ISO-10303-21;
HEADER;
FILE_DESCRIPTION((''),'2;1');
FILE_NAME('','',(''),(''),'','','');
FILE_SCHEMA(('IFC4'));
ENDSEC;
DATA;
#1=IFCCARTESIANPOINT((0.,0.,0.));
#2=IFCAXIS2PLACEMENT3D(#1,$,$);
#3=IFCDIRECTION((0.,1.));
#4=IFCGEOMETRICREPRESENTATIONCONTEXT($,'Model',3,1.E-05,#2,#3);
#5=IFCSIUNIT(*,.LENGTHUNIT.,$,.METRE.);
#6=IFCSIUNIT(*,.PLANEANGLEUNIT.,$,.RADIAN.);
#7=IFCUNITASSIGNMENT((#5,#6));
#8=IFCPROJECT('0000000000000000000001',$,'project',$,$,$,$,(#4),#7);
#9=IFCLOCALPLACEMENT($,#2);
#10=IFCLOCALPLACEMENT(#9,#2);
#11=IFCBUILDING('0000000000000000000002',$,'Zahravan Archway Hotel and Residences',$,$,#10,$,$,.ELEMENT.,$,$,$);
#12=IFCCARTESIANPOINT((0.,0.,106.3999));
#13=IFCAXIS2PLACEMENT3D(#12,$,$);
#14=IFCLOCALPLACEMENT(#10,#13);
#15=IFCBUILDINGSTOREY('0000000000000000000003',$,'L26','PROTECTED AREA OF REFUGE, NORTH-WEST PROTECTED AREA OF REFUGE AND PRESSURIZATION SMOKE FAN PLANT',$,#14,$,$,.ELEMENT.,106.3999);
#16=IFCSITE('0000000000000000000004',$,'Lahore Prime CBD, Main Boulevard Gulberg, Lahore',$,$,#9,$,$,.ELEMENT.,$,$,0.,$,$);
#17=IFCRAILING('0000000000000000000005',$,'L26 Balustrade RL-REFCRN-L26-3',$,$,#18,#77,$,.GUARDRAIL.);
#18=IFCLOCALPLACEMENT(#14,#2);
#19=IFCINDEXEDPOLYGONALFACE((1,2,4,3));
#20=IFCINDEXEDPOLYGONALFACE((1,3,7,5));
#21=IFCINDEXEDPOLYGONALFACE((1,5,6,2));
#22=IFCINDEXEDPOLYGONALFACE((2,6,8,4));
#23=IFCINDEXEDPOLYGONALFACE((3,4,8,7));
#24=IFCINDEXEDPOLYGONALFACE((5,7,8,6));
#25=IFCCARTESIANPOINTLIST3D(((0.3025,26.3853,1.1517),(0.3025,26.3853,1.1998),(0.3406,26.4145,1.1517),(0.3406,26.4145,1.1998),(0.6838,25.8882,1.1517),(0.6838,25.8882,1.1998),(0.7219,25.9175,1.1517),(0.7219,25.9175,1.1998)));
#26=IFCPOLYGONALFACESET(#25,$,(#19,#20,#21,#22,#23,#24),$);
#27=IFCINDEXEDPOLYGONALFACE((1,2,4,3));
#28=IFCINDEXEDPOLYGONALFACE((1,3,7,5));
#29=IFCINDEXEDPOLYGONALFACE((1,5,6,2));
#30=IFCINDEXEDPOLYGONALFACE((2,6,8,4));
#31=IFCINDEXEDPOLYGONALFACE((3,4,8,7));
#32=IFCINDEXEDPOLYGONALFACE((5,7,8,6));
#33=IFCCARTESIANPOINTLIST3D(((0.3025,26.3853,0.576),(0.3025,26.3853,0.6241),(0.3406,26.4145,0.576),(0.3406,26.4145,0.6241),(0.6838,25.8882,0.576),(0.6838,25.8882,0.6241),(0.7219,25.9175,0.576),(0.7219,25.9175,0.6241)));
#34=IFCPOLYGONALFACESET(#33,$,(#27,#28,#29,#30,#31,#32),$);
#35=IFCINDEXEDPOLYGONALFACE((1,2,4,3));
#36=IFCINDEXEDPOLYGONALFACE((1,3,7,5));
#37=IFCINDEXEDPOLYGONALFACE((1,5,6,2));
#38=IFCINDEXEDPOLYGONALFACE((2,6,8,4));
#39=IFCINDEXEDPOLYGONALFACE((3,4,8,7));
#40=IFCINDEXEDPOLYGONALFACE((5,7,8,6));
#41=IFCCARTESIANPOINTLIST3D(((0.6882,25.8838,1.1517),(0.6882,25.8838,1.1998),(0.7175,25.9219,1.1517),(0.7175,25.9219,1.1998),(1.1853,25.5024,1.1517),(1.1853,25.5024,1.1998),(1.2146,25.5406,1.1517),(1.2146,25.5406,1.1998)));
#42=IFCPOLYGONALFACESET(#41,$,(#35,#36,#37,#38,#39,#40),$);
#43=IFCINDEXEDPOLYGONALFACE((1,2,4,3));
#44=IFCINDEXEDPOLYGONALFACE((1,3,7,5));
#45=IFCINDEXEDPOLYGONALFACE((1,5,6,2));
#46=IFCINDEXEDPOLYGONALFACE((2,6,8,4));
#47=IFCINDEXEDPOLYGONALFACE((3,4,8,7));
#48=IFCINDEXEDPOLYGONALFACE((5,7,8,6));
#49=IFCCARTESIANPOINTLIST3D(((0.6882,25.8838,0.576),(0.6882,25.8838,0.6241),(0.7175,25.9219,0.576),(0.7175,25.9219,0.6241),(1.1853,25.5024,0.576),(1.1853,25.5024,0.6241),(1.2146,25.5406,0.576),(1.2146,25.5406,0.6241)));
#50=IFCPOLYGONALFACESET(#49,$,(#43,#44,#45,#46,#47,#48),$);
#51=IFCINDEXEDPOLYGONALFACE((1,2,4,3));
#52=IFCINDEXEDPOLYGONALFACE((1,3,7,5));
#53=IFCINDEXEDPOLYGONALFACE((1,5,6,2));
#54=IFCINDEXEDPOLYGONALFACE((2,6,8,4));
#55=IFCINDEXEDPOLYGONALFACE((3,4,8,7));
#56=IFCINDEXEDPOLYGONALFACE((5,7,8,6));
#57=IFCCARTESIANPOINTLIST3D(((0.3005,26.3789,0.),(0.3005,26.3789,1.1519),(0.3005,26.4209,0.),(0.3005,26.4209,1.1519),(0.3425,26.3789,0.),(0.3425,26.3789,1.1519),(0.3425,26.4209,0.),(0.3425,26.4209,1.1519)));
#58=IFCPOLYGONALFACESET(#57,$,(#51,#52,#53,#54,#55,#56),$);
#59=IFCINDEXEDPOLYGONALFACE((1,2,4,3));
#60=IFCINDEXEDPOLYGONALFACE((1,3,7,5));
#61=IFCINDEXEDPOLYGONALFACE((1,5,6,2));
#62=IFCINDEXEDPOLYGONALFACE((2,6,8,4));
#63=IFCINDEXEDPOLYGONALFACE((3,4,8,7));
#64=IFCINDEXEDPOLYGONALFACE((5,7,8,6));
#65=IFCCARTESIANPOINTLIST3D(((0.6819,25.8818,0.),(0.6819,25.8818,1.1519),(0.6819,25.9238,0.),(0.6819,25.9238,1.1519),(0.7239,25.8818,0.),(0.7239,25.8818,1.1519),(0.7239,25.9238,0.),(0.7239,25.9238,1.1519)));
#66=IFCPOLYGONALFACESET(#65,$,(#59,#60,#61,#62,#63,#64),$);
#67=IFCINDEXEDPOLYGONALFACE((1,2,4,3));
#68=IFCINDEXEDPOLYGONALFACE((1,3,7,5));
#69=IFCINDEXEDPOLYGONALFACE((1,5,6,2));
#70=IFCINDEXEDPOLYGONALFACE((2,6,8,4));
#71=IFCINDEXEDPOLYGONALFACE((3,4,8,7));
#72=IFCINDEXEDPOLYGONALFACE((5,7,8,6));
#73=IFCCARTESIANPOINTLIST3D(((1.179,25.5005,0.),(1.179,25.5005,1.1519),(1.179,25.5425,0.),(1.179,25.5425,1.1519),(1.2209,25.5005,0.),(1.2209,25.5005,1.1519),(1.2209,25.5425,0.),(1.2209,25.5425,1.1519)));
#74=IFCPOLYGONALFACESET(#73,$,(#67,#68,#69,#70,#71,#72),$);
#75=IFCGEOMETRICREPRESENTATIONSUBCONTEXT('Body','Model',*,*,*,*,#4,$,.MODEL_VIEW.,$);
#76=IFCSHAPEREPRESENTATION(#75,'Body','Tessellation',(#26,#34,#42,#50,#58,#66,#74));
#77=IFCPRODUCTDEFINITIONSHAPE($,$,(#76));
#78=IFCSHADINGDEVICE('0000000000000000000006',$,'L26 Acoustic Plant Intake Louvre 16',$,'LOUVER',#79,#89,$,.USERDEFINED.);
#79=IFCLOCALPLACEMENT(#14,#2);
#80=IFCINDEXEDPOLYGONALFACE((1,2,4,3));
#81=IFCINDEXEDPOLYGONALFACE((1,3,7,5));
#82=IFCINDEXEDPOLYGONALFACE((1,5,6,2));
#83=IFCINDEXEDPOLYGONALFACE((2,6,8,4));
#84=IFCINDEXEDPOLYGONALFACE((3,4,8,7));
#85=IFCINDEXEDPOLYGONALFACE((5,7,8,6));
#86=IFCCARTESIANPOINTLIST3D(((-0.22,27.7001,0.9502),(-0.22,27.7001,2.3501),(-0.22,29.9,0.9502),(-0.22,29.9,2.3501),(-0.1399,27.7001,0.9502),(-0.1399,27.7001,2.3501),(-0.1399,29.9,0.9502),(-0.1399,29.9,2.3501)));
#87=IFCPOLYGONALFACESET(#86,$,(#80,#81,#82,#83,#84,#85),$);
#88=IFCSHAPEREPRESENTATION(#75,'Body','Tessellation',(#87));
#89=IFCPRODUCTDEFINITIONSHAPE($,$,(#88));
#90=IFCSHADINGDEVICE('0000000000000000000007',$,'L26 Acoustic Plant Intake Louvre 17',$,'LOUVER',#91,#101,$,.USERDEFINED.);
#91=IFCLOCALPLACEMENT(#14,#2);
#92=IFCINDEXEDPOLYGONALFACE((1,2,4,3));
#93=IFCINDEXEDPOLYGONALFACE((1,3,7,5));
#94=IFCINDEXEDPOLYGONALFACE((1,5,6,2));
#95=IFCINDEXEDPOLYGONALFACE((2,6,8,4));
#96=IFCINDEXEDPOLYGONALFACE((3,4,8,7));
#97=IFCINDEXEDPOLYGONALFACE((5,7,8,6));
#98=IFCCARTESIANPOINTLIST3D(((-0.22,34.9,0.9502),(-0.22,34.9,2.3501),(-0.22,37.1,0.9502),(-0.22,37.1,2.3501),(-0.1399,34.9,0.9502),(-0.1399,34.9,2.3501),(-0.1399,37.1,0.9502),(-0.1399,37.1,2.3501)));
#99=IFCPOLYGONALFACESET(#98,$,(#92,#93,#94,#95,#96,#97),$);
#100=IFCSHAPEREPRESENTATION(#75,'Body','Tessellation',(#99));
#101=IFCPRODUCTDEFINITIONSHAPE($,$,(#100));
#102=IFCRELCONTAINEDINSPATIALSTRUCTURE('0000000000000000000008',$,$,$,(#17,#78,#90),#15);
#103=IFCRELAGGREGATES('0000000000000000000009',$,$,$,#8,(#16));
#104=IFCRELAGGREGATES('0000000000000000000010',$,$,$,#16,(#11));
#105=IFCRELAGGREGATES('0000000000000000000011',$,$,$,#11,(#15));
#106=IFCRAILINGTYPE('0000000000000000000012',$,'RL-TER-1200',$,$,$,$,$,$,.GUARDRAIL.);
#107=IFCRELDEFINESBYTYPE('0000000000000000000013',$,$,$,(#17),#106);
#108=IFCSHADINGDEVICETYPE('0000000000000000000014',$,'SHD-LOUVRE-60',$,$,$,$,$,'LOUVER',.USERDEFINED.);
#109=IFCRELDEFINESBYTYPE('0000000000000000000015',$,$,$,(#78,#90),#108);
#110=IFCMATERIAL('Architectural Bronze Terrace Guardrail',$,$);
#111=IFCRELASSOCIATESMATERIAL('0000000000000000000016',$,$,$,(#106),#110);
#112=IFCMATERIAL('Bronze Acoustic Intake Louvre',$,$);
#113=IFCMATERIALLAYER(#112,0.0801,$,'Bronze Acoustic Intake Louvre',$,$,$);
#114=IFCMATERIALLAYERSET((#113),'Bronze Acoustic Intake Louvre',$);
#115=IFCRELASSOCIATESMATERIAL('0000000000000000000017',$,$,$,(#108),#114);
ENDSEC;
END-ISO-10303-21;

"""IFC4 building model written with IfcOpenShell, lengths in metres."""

from ifc_helpers import new_model, si_unit, direction, frame, origin, origin_2d, place, context, subcontext, project, spatial, rectangle, extrude, source, transform, mapped, material, layer, layer_set, type_object, type_shapes, element, save


model = new_model("IFC4")

# Units and contexts
model_context = context("Model", 3, precision=1e-05, world=origin(), true_north=direction((0.0, 1.0)))
body_context = subcontext(model_context, "Body", "Model", "MODEL_VIEW")
ifc_project = project(units=[si_unit("LENGTHUNIT", "METRE"), si_unit("PLANEANGLEUNIT", "RADIAN")], contexts=[model_context])

# Site, building, storey
site_placement = place(None, origin())
site = spatial("IfcSite", under=ifc_project, at=site_placement, Name="Lahore Prime CBD, Main Boulevard Gulberg, Lahore", CompositionType="ELEMENT", RefElevation=0.0)
building_placement = place(site_placement, origin())
building = spatial("IfcBuilding", under=site, at=building_placement, Name="Zahravan Archway Hotel and Residences", CompositionType="ELEMENT")
storey_placement = place(building_placement, frame((0.0, 0.0, 106.3999)))
storey = spatial("IfcBuildingStorey", under=building, at=storey_placement, Name="L26", Description="PROTECTED AREA OF REFUGE, NORTH-WEST PROTECTED AREA OF REFUGE AND PRESSURIZATION SMOKE FAN PLANT", CompositionType="ELEMENT", Elevation=106.3999)

# Railing
ifc_material_1 = material(Name="Architectural Bronze Terrace Guardrail")
railing_type_1 = type_object("IfcRailingType", Name="RL-TER-1200", PredefinedType="GUARDRAIL", material=ifc_material_1)
railing_1_placement = place(storey_placement, frame((0.3215, 26.3999, 0.0)))
element("IfcRailing", 1, at=railing_1_placement, inside=storey, type_object=railing_type_1, Name="L26 Balustrade RL-REFCRN-L26-3", PredefinedType="GUARDRAIL", context=body_context, shape_type="SweptSolid", body=[
    extrude(rectangle(XDim=0.0481, YDim=0.0481, at=origin_2d()), frame((0.0, 0.0, 1.1758), z_axis=(0.608693, -0.793406, 0.0), x_axis=(0.793406, 0.608693, 0.0)), (0.0, 0.0, 1.0), 0.6265),
    extrude(rectangle(XDim=0.0481, YDim=0.0481, at=origin_2d()), frame((0.0, 0.0, 0.6001), z_axis=(0.608693, -0.793406, 0.0), x_axis=(0.793406, 0.608693, 0.0)), (0.0, 0.0, 1.0), 0.6265),
    extrude(rectangle(XDim=0.0481, YDim=0.0481, at=origin_2d()), frame((0.3813, -0.4971, 1.1758), z_axis=(0.793406, -0.608693, 0.0), x_axis=(0.608693, 0.793406, 0.0)), (0.0, 0.0, 1.0), 0.6265),
    extrude(rectangle(XDim=0.0481, YDim=0.0481, at=origin_2d()), frame((0.3813, -0.4971, 0.6001), z_axis=(0.793406, -0.608693, 0.0), x_axis=(0.608693, 0.793406, 0.0)), (0.0, 0.0, 1.0), 0.6265),
    extrude(rectangle(XDim=0.042, YDim=0.042, at=origin_2d()), origin(), (0.0, 0.0, 1.0), 1.1519),
    extrude(rectangle(XDim=0.042, YDim=0.042, at=origin_2d()), frame((0.3813, -0.4971, 0.0)), (0.0, 0.0, 1.0), 1.1519),
    extrude(rectangle(XDim=0.042, YDim=0.042, at=origin_2d()), frame((0.8784, -0.8784, 0.0)), (0.0, 0.0, 1.0), 1.1519),
])

# Shading devices
ifc_material_2 = material(Name="Bronze Acoustic Intake Louvre")
ifc_layer_1 = layer(ifc_material_2, 0.0801, Name="Bronze Acoustic Intake Louvre")
ifc_layer_set_1 = layer_set([ifc_layer_1], Name="Bronze Acoustic Intake Louvre")
shading_device_type = type_object("IfcShadingDeviceType", Name="SHD-LOUVRE-60", ElementType="LOUVER", PredefinedType="USERDEFINED", material=ifc_layer_set_1)
shared_shape_1 = source(origin(), body_context, "Body", "SweptSolid", [
    extrude(rectangle(XDim=2.2, YDim=0.0801, at=origin_2d()), origin(), (0.0, 0.0, 1.0), 1.3999),
])
type_shapes(shading_device_type, [shared_shape_1])
for number, where, z_axis, x_axis, name in (
    (2, (-0.1799, 28.8, 0.9502), (0.0, 0.0, 1.0), (0.0, 1.0, 0.0), "L26 Acoustic Plant Intake Louvre 16"),
    (3, (-0.1799, 36.0, 0.9502), (0.0, 0.0, 1.0), (0.0, 1.0, 0.0), "L26 Acoustic Plant Intake Louvre 17"),
):
    element("IfcShadingDevice", number, at=place(storey_placement, frame(where, z_axis=z_axis, x_axis=x_axis)), inside=storey, type_object=shading_device_type, Name=name, ObjectType="LOUVER", PredefinedType="USERDEFINED", context=body_context, shape_type="MappedRepresentation", body=[
        mapped(shared_shape_1, transform((0.0, 0.0, 0.0), scale=1.0)),
    ])

save(model, "model.ifc")
